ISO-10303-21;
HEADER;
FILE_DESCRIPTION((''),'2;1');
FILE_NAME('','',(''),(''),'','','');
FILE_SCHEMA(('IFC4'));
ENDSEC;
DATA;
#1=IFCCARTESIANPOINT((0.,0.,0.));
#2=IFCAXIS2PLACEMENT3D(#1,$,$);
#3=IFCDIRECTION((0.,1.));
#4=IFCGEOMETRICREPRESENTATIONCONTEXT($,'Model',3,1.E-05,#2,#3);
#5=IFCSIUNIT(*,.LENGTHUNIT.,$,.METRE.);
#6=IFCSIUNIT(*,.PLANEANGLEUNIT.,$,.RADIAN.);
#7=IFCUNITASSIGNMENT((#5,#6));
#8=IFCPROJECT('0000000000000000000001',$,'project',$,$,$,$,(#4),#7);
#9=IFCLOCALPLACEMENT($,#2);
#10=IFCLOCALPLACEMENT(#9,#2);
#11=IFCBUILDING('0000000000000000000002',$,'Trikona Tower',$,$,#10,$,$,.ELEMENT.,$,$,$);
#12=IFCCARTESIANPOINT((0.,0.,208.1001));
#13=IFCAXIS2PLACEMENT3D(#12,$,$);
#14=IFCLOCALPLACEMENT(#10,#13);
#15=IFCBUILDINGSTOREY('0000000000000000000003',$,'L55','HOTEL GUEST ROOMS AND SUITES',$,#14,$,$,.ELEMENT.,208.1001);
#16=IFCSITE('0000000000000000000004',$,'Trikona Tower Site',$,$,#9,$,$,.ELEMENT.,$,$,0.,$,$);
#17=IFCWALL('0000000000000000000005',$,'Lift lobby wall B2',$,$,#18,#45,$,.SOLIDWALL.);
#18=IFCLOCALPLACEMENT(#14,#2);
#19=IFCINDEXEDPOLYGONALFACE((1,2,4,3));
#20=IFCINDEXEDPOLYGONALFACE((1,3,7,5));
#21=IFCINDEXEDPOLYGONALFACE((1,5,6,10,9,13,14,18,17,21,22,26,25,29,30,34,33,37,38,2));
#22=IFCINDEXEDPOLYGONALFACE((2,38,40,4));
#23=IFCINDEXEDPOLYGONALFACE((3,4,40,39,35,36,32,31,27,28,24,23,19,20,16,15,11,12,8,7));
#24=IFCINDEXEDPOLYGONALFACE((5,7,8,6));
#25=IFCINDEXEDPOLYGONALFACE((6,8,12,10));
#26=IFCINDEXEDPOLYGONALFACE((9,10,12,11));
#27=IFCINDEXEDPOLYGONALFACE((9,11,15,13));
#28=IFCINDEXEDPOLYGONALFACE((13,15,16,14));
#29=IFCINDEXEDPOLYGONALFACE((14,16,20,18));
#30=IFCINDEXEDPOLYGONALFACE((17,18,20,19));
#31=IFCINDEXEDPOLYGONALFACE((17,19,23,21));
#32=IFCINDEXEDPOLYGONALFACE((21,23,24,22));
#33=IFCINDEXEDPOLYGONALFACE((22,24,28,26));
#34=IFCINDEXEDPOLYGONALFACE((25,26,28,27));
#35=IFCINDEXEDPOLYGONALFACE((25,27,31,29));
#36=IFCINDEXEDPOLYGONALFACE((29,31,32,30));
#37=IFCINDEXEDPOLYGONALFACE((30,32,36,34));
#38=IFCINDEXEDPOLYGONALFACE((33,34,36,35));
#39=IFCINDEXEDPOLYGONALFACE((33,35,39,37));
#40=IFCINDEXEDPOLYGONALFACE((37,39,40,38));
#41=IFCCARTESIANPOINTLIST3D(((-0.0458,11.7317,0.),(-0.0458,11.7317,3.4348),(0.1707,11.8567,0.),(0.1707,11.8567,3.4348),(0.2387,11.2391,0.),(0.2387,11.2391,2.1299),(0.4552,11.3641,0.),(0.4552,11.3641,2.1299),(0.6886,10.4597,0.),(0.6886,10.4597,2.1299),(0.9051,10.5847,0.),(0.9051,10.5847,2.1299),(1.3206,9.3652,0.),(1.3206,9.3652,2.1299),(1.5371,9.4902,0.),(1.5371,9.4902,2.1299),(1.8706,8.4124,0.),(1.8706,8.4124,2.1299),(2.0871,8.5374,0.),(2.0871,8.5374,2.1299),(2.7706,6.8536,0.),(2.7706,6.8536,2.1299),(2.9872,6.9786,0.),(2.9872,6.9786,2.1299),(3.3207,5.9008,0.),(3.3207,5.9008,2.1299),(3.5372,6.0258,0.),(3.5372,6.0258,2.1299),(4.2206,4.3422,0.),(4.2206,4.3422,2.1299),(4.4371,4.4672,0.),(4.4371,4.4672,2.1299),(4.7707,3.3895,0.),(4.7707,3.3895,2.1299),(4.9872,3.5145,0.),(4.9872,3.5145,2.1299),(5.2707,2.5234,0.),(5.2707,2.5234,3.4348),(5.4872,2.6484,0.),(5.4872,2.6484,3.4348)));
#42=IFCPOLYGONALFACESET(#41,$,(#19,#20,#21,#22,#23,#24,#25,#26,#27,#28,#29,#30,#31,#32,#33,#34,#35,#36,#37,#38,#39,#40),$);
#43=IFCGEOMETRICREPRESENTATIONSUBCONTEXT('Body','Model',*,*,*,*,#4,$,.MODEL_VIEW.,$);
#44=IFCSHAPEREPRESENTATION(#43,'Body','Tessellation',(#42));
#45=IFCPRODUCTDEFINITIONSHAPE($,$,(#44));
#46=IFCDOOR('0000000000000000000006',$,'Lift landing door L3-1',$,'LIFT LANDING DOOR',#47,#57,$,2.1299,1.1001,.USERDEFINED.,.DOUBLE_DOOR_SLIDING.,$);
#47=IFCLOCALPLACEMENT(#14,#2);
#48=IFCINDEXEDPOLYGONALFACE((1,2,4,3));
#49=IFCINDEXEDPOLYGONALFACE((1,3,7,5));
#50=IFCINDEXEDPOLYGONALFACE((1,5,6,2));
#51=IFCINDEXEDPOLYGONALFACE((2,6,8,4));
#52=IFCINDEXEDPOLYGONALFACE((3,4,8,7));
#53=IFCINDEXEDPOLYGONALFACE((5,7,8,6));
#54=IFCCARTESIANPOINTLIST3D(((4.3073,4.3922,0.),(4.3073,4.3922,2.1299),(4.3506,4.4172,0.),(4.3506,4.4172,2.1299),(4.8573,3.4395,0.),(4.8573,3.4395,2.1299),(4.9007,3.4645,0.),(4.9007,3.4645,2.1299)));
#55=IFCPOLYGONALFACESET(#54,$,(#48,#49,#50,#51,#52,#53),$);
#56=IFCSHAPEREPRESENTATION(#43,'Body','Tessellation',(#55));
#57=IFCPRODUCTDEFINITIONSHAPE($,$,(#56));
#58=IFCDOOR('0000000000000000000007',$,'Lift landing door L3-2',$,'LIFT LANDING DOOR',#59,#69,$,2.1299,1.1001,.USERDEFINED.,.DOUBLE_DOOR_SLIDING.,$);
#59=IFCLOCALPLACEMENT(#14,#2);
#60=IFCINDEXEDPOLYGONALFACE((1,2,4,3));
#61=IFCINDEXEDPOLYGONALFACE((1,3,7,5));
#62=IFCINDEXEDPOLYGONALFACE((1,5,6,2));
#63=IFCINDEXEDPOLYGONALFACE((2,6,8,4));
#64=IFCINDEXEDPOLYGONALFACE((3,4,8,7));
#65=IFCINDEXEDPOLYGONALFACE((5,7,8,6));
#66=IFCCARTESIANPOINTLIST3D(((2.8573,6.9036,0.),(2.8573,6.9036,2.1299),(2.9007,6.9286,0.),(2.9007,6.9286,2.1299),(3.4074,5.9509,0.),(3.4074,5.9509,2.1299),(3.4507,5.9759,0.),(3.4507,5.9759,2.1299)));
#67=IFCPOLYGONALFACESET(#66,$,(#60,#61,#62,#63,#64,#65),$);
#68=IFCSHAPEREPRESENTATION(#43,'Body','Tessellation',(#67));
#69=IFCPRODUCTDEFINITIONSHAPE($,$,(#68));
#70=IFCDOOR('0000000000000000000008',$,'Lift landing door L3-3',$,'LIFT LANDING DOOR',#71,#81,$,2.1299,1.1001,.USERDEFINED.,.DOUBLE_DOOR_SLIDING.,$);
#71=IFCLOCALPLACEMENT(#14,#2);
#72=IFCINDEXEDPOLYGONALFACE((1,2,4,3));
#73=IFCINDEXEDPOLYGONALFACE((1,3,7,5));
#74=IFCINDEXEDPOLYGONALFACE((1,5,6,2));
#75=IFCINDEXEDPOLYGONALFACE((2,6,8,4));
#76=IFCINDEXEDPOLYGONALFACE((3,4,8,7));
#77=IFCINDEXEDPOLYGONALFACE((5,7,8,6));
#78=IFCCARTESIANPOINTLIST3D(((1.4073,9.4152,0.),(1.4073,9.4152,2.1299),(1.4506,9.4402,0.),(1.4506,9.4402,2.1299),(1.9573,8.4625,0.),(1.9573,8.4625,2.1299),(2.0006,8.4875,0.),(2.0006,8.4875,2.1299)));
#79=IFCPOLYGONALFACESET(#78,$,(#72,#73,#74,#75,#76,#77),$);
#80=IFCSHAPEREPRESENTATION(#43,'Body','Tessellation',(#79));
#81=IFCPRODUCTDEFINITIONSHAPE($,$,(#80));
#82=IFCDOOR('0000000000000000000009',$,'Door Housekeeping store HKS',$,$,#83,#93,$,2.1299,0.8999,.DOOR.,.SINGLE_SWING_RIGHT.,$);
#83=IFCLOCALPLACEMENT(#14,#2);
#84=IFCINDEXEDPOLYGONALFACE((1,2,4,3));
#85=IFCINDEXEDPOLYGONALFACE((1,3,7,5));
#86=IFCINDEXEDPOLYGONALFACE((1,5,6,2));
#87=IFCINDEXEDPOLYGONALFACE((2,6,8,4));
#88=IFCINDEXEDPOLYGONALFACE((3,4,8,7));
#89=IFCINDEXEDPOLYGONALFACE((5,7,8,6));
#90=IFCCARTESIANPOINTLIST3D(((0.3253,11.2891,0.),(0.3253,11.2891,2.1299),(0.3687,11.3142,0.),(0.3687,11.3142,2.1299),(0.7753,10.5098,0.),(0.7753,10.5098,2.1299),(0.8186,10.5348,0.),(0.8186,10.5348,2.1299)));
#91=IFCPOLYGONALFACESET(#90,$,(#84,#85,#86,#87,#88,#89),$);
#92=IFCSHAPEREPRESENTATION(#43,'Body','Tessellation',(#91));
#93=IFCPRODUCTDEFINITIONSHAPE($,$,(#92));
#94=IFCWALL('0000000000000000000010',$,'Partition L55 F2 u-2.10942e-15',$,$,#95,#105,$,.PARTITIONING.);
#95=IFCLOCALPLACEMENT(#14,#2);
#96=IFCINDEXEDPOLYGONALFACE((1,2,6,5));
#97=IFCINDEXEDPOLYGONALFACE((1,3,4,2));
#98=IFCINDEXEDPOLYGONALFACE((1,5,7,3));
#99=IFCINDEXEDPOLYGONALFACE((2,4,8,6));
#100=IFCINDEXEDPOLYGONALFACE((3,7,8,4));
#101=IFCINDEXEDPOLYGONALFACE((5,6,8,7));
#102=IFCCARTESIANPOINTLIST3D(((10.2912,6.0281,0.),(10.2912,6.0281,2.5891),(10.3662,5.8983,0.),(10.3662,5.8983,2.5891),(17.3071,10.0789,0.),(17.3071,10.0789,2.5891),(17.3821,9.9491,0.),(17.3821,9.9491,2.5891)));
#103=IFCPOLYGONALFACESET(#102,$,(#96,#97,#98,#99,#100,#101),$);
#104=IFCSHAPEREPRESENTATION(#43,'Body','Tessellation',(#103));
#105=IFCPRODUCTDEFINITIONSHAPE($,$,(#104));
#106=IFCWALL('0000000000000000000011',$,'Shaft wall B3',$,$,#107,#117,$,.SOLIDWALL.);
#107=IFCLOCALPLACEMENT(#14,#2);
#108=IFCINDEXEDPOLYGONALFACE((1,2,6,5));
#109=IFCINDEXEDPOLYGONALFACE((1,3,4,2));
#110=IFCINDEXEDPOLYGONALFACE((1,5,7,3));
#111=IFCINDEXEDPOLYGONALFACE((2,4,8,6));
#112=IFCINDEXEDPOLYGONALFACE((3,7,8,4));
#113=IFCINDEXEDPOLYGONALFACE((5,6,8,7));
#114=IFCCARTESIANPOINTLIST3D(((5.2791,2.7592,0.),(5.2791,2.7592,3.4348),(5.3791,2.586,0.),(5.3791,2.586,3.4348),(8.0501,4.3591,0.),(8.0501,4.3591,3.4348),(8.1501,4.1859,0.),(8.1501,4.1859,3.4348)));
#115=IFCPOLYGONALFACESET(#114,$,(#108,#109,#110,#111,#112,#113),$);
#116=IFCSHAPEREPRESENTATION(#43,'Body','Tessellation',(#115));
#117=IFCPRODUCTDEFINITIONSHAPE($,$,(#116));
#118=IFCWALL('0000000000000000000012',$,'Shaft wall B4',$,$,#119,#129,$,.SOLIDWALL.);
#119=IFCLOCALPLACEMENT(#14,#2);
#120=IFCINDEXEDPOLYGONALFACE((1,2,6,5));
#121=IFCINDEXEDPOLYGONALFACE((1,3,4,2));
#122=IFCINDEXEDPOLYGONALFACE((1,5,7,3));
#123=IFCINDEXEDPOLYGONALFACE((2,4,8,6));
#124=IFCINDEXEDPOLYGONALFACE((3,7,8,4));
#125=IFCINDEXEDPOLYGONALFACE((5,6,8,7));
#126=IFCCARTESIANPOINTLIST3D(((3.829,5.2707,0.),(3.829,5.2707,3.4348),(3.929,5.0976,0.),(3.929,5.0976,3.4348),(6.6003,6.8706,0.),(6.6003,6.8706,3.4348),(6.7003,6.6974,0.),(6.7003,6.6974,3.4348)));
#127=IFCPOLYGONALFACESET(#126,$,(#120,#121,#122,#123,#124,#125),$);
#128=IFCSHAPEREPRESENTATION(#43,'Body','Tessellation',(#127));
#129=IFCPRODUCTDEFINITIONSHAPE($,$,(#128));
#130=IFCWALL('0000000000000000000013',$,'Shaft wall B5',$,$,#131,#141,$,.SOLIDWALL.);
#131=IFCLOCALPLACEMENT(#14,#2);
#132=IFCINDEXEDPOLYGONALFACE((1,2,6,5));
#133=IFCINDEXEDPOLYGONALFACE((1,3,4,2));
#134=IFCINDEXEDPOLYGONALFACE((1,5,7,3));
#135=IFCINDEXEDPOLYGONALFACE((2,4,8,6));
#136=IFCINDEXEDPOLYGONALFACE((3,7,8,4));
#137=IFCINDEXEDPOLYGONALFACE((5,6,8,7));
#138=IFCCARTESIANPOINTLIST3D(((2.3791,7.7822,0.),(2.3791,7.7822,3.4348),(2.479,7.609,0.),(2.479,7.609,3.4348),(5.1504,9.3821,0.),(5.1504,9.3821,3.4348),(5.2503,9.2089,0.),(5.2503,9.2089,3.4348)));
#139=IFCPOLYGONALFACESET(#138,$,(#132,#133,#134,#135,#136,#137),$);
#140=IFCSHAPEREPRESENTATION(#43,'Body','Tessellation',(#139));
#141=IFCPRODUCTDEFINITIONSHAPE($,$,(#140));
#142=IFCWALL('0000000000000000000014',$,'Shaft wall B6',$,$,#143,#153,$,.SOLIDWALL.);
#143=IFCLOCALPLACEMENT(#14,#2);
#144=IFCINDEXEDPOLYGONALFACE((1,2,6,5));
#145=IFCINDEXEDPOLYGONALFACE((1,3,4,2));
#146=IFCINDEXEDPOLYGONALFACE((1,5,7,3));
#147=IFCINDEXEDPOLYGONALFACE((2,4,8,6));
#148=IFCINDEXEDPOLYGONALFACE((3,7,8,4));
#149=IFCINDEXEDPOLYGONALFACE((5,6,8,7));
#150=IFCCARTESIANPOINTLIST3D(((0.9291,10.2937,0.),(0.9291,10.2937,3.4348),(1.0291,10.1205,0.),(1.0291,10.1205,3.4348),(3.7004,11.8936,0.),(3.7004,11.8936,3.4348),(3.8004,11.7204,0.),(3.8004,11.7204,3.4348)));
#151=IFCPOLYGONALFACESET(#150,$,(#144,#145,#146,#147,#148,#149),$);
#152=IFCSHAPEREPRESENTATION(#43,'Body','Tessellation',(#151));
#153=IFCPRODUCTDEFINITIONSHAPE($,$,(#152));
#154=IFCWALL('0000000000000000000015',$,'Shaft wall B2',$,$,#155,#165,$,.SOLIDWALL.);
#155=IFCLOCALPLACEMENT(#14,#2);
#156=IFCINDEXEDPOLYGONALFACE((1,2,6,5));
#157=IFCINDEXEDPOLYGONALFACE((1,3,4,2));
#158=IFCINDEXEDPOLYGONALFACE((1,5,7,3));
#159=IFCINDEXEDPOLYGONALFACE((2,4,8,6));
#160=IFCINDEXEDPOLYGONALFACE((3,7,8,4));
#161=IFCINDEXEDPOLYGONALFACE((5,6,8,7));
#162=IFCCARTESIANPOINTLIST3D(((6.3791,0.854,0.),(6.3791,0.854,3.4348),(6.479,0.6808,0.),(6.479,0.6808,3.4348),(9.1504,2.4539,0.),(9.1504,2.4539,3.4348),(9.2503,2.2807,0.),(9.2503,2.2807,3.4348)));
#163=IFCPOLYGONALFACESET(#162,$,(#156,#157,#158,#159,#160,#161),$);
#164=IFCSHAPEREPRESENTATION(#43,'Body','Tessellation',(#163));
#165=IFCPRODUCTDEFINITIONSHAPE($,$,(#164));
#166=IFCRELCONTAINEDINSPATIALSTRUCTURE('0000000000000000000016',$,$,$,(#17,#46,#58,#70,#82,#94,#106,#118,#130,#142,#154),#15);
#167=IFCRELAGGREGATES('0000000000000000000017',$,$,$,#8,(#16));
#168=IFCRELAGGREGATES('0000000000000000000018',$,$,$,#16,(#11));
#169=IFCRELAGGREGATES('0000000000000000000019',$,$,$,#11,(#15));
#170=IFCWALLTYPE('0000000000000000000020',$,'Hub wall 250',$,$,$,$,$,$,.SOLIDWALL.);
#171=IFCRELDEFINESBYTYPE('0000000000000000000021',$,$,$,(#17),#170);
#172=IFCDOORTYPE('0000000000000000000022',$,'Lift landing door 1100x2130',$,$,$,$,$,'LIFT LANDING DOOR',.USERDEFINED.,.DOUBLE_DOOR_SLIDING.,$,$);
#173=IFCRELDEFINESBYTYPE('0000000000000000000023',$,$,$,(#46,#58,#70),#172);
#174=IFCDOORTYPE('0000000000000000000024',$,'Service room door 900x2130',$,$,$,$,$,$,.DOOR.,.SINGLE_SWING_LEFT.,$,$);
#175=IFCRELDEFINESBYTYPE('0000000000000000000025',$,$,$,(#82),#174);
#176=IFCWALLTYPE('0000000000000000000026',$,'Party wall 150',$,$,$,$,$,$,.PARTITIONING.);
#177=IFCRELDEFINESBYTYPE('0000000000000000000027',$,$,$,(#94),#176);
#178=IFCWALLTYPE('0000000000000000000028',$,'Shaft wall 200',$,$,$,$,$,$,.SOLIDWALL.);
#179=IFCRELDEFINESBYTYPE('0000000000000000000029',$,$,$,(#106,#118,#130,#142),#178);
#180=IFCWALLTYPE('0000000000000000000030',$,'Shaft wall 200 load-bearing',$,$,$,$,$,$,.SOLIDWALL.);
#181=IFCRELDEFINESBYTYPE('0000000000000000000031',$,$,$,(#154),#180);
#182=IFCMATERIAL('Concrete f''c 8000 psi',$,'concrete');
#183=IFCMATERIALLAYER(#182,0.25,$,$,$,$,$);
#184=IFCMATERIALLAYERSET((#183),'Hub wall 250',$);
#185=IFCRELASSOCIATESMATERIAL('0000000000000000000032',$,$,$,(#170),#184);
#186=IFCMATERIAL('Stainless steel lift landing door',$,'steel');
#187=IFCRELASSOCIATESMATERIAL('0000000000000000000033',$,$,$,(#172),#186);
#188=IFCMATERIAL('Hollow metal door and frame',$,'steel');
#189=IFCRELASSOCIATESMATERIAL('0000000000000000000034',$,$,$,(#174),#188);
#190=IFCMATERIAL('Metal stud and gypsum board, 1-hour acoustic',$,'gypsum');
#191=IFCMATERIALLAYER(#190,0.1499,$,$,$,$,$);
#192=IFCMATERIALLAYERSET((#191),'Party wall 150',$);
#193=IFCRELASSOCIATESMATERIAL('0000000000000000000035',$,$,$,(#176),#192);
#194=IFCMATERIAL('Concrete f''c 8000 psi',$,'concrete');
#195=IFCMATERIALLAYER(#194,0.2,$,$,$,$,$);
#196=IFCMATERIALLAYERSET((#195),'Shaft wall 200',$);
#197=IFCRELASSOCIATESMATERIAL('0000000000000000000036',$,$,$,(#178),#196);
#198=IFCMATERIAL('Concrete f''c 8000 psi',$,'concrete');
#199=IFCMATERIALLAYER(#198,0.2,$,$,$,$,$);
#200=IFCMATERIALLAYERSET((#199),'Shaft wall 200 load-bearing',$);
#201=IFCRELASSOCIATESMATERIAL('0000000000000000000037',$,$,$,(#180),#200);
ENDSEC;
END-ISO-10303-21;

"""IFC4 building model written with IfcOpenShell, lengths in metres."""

from ifc_helpers import new_model, si_unit, direction, frame, frame_2d, origin, place, context, subcontext, project, spatial, rectangle, extrude, material, layer, layer_set, type_object, element, fill, save


model = new_model("IFC4")

# Units and contexts
model_context = context("Model", 3, precision=1e-05, world=origin(), true_north=direction((0.0, 1.0)))
body_context = subcontext(model_context, "Body", "Model", "MODEL_VIEW")
ifc_project = project(units=[si_unit("LENGTHUNIT", "METRE"), si_unit("PLANEANGLEUNIT", "RADIAN")], contexts=[model_context])

# Site, building, storey
site_placement = place(None, origin())
site = spatial("IfcSite", under=ifc_project, at=site_placement, Name="Trikona Tower Site", CompositionType="ELEMENT", RefElevation=0.0)
building_placement = place(site_placement, origin())
building = spatial("IfcBuilding", under=site, at=building_placement, Name="Trikona Tower", CompositionType="ELEMENT")
storey_placement = place(building_placement, frame((0.0, 0.0, 208.1001)))
storey = spatial("IfcBuildingStorey", under=building, at=storey_placement, Name="L55", Description="HOTEL GUEST ROOMS AND SUITES", CompositionType="ELEMENT", Elevation=208.1001)

# Wall, openings, doors
ifc_material_1 = material(Name="Concrete f'c 8000 psi", Category="concrete")
ifc_layer_1 = layer(ifc_material_1, 0.25)
ifc_layer_set_1 = layer_set([ifc_layer_1], Name="Hub wall 250")
wall_type_1 = type_object("IfcWallType", Name="Hub wall 250", PredefinedType="SOLIDWALL", material=ifc_layer_set_1)
wall_1_placement = place(storey_placement, frame((5.3789, 2.5859, 0.0), z_axis=(0.0, 0.0, 1.0), x_axis=(-0.500001, 0.866025, 0.0)))
wall_1 = element("IfcWall", 1, at=wall_1_placement, inside=storey, type_object=wall_type_1, Name="Lift lobby wall B2", PredefinedType="SOLIDWALL", context=body_context, shape_type="SweptSolid", body=[
    extrude(rectangle(XDim=10.6328, YDim=0.25, at=frame_2d((5.3164, 0.0))), origin(), (0.0, 0.0, 1.0), 3.4348),
])
opening_1_placement = place(wall_1_placement, frame((9.1641, 0.0, 0.0)))
opening_1 = element("IfcOpeningElement", 2, at=opening_1_placement, cuts=wall_1, PredefinedType="OPENING", context=body_context, shape_type="SweptSolid", body=[
    extrude(rectangle(XDim=0.8999, YDim=2.1299, at=frame_2d((0.45, 1.0649))), frame((0.0, 0.135, 0.0), z_axis=(0.0, -1.0, 0.0), x_axis=(1.0, 0.0, 0.0)), (0.0, 0.0, 1.0), 0.27),
])
opening_2_placement = place(wall_1_placement, frame((1.0, 0.0, 0.0)))
opening_2 = element("IfcOpeningElement", 3, at=opening_2_placement, cuts=wall_1, PredefinedType="OPENING", context=body_context, shape_type="SweptSolid", body=[
    extrude(rectangle(XDim=1.1001, YDim=2.1299, at=frame_2d((0.55, 1.0649))), frame((0.0, 0.135, 0.0), z_axis=(0.0, -1.0, 0.0), x_axis=(1.0, 0.0, 0.0)), (0.0, 0.0, 1.0), 0.27),
])
opening_3_placement = place(wall_1_placement, frame((3.8999, 0.0, 0.0)))
opening_3 = element("IfcOpeningElement", 4, at=opening_3_placement, cuts=wall_1, PredefinedType="OPENING", context=body_context, shape_type="SweptSolid", body=[
    extrude(rectangle(XDim=1.1001, YDim=2.1299, at=frame_2d((0.55, 1.0649))), frame((0.0, 0.135, 0.0), z_axis=(0.0, -1.0, 0.0), x_axis=(1.0, 0.0, 0.0)), (0.0, 0.0, 1.0), 0.27),
])
opening_4_placement = place(wall_1_placement, frame((6.8, 0.0, 0.0)))
opening_4 = element("IfcOpeningElement", 5, at=opening_4_placement, cuts=wall_1, PredefinedType="OPENING", context=body_context, shape_type="SweptSolid", body=[
    extrude(rectangle(XDim=1.1001, YDim=2.1299, at=frame_2d((0.55, 1.0649))), frame((0.0, 0.135, 0.0), z_axis=(0.0, -1.0, 0.0), x_axis=(1.0, 0.0, 0.0)), (0.0, 0.0, 1.0), 0.27),
])
ifc_material_2 = material(Name="Stainless steel lift landing door", Category="steel")
door_type_1 = type_object("IfcDoorType", Name="Lift landing door 1100x2130", ElementType="LIFT LANDING DOOR", OperationType="DOUBLE_DOOR_SLIDING", PredefinedType="USERDEFINED", material=ifc_material_2)
door_1_placement = place(opening_2_placement, origin())
door_1 = element("IfcDoor", 6, at=door_1_placement, inside=storey, type_object=door_type_1, Name="Lift landing door L3-1", ObjectType="LIFT LANDING DOOR", OperationType="DOUBLE_DOOR_SLIDING", OverallHeight=2.1299, OverallWidth=1.1001, PredefinedType="USERDEFINED", context=body_context, shape_type="SweptSolid", body=[
    extrude(rectangle(XDim=1.1001, YDim=2.1299, at=frame_2d((0.55, 1.0649))), frame((0.0, 0.0249, 0.0), z_axis=(0.0, -1.0, 0.0), x_axis=(1.0, 0.0, 0.0)), (0.0, 0.0, 1.0), 0.05),
])
fill(opening_2, door_1)
door_2_placement = place(opening_3_placement, origin())
door_2 = element("IfcDoor", 7, at=door_2_placement, inside=storey, type_object=door_type_1, Name="Lift landing door L3-2", ObjectType="LIFT LANDING DOOR", OperationType="DOUBLE_DOOR_SLIDING", OverallHeight=2.1299, OverallWidth=1.1001, PredefinedType="USERDEFINED", context=body_context, shape_type="SweptSolid", body=[
    extrude(rectangle(XDim=1.1001, YDim=2.1299, at=frame_2d((0.55, 1.0649))), frame((0.0, 0.0249, 0.0), z_axis=(0.0, -1.0, 0.0), x_axis=(1.0, 0.0, 0.0)), (0.0, 0.0, 1.0), 0.05),
])
fill(opening_3, door_2)
door_3_placement = place(opening_4_placement, origin())
door_3 = element("IfcDoor", 8, at=door_3_placement, inside=storey, type_object=door_type_1, Name="Lift landing door L3-3", ObjectType="LIFT LANDING DOOR", OperationType="DOUBLE_DOOR_SLIDING", OverallHeight=2.1299, OverallWidth=1.1001, PredefinedType="USERDEFINED", context=body_context, shape_type="SweptSolid", body=[
    extrude(rectangle(XDim=1.1001, YDim=2.1299, at=frame_2d((0.55, 1.0649))), frame((0.0, 0.0249, 0.0), z_axis=(0.0, -1.0, 0.0), x_axis=(1.0, 0.0, 0.0)), (0.0, 0.0, 1.0), 0.05),
])
fill(opening_4, door_3)
ifc_material_3 = material(Name="Hollow metal door and frame", Category="steel")
door_type_2 = type_object("IfcDoorType", Name="Service room door 900x2130", OperationType="SINGLE_SWING_LEFT", PredefinedType="DOOR", material=ifc_material_3)
door_4_placement = place(opening_1_placement, origin())
door_4 = element("IfcDoor", 9, at=door_4_placement, inside=storey, type_object=door_type_2, Name="Door Housekeeping store HKS", OperationType="SINGLE_SWING_RIGHT", OverallHeight=2.1299, OverallWidth=0.8999, PredefinedType="DOOR", context=body_context, shape_type="SweptSolid", body=[
    extrude(rectangle(XDim=0.8999, YDim=2.1299, at=frame_2d((0.45, 1.0649))), frame((0.0, 0.0249, 0.0), z_axis=(0.0, -1.0, 0.0), x_axis=(1.0, 0.0, 0.0)), (0.0, 0.0, 1.0), 0.05),
])
fill(opening_1, door_4)

# Walls
ifc_material_4 = material(Name="Metal stud and gypsum board, 1-hour acoustic", Category="gypsum")
ifc_layer_2 = layer(ifc_material_4, 0.1499)
ifc_layer_set_2 = layer_set([ifc_layer_2], Name="Party wall 150")
wall_type_2 = type_object("IfcWallType", Name="Party wall 150", PredefinedType="PARTITIONING", material=ifc_layer_set_2)
wall_2_placement = place(storey_placement, frame((10.3286, 5.9631, 0.0), z_axis=(0.0, 0.0, 1.0), x_axis=(0.866016, 0.500015, 0.0)))
element("IfcWall", 10, at=wall_2_placement, inside=storey, type_object=wall_type_2, Name="Partition L55 F2 u-2.10942e-15", PredefinedType="PARTITIONING", context=body_context, shape_type="SweptSolid", body=[
    extrude(rectangle(XDim=8.1013, YDim=0.1499, at=frame_2d((4.0508, 0.0))), origin(), (0.0, 0.0, 1.0), 2.5891),
])
ifc_material_5 = material(Name="Concrete f'c 8000 psi", Category="concrete")
ifc_layer_3 = layer(ifc_material_5, 0.2)
ifc_layer_set_3 = layer_set([ifc_layer_3], Name="Shaft wall 200")
wall_type_3 = type_object("IfcWallType", Name="Shaft wall 200", PredefinedType="SOLIDWALL", material=ifc_layer_set_3)
wall_3_placement = place(storey_placement, frame((5.3291, 2.6726, 0.0), z_axis=(0.0, 0.0, 1.0), x_axis=(0.866023, 0.500004, 0.0)))
element("IfcWall", 11, at=wall_3_placement, inside=storey, type_object=wall_type_3, Name="Shaft wall B3", PredefinedType="SOLIDWALL", context=body_context, shape_type="SweptSolid", body=[
    extrude(rectangle(XDim=3.1997, YDim=0.2, at=frame_2d((1.5999, 0.0))), origin(), (0.0, 0.0, 1.0), 3.4348),
])
for number, where, z_axis, x_axis, name in (
    (12, (3.8789, 5.1841, 0.0), (0.0, 0.0, 1.0), (0.866042, 0.499971, 0.0), "Shaft wall B4"),
    (13, (2.429, 7.6956, 0.0), (0.0, 0.0, 1.0), (0.866042, 0.499971, 0.0), "Shaft wall B5"),
    (14, (0.979, 10.207, 0.0), (0.0, 0.0, 1.0), (0.866042, 0.499971, 0.0), "Shaft wall B6"),
):
    element("IfcWall", number, at=place(storey_placement, frame(where, z_axis=z_axis, x_axis=x_axis)), inside=storey, type_object=wall_type_3, Name=name, PredefinedType="SOLIDWALL", context=body_context, shape_type="SweptSolid", body=[
        extrude(rectangle(XDim=3.2, YDim=0.2, at=frame_2d((1.6001, 0.0))), origin(), (0.0, 0.0, 1.0), 3.4348),
    ])
ifc_material_6 = material(Name="Concrete f'c 8000 psi", Category="concrete")
ifc_layer_4 = layer(ifc_material_6, 0.2)
ifc_layer_set_4 = layer_set([ifc_layer_4], Name="Shaft wall 200 load-bearing")
wall_type_4 = type_object("IfcWallType", Name="Shaft wall 200 load-bearing", PredefinedType="SOLIDWALL", material=ifc_layer_set_4)
wall_4_placement = place(storey_placement, frame((6.429, 0.7673, 0.0), z_axis=(0.0, 0.0, 1.0), x_axis=(0.866042, 0.499971, 0.0)))
element("IfcWall", 15, at=wall_4_placement, inside=storey, type_object=wall_type_4, Name="Shaft wall B2", PredefinedType="SOLIDWALL", context=body_context, shape_type="SweptSolid", body=[
    extrude(rectangle(XDim=3.2, YDim=0.2, at=frame_2d((1.6001, 0.0))), origin(), (0.0, 0.0, 1.0), 3.4348),
])

save(model, "model.ifc")
